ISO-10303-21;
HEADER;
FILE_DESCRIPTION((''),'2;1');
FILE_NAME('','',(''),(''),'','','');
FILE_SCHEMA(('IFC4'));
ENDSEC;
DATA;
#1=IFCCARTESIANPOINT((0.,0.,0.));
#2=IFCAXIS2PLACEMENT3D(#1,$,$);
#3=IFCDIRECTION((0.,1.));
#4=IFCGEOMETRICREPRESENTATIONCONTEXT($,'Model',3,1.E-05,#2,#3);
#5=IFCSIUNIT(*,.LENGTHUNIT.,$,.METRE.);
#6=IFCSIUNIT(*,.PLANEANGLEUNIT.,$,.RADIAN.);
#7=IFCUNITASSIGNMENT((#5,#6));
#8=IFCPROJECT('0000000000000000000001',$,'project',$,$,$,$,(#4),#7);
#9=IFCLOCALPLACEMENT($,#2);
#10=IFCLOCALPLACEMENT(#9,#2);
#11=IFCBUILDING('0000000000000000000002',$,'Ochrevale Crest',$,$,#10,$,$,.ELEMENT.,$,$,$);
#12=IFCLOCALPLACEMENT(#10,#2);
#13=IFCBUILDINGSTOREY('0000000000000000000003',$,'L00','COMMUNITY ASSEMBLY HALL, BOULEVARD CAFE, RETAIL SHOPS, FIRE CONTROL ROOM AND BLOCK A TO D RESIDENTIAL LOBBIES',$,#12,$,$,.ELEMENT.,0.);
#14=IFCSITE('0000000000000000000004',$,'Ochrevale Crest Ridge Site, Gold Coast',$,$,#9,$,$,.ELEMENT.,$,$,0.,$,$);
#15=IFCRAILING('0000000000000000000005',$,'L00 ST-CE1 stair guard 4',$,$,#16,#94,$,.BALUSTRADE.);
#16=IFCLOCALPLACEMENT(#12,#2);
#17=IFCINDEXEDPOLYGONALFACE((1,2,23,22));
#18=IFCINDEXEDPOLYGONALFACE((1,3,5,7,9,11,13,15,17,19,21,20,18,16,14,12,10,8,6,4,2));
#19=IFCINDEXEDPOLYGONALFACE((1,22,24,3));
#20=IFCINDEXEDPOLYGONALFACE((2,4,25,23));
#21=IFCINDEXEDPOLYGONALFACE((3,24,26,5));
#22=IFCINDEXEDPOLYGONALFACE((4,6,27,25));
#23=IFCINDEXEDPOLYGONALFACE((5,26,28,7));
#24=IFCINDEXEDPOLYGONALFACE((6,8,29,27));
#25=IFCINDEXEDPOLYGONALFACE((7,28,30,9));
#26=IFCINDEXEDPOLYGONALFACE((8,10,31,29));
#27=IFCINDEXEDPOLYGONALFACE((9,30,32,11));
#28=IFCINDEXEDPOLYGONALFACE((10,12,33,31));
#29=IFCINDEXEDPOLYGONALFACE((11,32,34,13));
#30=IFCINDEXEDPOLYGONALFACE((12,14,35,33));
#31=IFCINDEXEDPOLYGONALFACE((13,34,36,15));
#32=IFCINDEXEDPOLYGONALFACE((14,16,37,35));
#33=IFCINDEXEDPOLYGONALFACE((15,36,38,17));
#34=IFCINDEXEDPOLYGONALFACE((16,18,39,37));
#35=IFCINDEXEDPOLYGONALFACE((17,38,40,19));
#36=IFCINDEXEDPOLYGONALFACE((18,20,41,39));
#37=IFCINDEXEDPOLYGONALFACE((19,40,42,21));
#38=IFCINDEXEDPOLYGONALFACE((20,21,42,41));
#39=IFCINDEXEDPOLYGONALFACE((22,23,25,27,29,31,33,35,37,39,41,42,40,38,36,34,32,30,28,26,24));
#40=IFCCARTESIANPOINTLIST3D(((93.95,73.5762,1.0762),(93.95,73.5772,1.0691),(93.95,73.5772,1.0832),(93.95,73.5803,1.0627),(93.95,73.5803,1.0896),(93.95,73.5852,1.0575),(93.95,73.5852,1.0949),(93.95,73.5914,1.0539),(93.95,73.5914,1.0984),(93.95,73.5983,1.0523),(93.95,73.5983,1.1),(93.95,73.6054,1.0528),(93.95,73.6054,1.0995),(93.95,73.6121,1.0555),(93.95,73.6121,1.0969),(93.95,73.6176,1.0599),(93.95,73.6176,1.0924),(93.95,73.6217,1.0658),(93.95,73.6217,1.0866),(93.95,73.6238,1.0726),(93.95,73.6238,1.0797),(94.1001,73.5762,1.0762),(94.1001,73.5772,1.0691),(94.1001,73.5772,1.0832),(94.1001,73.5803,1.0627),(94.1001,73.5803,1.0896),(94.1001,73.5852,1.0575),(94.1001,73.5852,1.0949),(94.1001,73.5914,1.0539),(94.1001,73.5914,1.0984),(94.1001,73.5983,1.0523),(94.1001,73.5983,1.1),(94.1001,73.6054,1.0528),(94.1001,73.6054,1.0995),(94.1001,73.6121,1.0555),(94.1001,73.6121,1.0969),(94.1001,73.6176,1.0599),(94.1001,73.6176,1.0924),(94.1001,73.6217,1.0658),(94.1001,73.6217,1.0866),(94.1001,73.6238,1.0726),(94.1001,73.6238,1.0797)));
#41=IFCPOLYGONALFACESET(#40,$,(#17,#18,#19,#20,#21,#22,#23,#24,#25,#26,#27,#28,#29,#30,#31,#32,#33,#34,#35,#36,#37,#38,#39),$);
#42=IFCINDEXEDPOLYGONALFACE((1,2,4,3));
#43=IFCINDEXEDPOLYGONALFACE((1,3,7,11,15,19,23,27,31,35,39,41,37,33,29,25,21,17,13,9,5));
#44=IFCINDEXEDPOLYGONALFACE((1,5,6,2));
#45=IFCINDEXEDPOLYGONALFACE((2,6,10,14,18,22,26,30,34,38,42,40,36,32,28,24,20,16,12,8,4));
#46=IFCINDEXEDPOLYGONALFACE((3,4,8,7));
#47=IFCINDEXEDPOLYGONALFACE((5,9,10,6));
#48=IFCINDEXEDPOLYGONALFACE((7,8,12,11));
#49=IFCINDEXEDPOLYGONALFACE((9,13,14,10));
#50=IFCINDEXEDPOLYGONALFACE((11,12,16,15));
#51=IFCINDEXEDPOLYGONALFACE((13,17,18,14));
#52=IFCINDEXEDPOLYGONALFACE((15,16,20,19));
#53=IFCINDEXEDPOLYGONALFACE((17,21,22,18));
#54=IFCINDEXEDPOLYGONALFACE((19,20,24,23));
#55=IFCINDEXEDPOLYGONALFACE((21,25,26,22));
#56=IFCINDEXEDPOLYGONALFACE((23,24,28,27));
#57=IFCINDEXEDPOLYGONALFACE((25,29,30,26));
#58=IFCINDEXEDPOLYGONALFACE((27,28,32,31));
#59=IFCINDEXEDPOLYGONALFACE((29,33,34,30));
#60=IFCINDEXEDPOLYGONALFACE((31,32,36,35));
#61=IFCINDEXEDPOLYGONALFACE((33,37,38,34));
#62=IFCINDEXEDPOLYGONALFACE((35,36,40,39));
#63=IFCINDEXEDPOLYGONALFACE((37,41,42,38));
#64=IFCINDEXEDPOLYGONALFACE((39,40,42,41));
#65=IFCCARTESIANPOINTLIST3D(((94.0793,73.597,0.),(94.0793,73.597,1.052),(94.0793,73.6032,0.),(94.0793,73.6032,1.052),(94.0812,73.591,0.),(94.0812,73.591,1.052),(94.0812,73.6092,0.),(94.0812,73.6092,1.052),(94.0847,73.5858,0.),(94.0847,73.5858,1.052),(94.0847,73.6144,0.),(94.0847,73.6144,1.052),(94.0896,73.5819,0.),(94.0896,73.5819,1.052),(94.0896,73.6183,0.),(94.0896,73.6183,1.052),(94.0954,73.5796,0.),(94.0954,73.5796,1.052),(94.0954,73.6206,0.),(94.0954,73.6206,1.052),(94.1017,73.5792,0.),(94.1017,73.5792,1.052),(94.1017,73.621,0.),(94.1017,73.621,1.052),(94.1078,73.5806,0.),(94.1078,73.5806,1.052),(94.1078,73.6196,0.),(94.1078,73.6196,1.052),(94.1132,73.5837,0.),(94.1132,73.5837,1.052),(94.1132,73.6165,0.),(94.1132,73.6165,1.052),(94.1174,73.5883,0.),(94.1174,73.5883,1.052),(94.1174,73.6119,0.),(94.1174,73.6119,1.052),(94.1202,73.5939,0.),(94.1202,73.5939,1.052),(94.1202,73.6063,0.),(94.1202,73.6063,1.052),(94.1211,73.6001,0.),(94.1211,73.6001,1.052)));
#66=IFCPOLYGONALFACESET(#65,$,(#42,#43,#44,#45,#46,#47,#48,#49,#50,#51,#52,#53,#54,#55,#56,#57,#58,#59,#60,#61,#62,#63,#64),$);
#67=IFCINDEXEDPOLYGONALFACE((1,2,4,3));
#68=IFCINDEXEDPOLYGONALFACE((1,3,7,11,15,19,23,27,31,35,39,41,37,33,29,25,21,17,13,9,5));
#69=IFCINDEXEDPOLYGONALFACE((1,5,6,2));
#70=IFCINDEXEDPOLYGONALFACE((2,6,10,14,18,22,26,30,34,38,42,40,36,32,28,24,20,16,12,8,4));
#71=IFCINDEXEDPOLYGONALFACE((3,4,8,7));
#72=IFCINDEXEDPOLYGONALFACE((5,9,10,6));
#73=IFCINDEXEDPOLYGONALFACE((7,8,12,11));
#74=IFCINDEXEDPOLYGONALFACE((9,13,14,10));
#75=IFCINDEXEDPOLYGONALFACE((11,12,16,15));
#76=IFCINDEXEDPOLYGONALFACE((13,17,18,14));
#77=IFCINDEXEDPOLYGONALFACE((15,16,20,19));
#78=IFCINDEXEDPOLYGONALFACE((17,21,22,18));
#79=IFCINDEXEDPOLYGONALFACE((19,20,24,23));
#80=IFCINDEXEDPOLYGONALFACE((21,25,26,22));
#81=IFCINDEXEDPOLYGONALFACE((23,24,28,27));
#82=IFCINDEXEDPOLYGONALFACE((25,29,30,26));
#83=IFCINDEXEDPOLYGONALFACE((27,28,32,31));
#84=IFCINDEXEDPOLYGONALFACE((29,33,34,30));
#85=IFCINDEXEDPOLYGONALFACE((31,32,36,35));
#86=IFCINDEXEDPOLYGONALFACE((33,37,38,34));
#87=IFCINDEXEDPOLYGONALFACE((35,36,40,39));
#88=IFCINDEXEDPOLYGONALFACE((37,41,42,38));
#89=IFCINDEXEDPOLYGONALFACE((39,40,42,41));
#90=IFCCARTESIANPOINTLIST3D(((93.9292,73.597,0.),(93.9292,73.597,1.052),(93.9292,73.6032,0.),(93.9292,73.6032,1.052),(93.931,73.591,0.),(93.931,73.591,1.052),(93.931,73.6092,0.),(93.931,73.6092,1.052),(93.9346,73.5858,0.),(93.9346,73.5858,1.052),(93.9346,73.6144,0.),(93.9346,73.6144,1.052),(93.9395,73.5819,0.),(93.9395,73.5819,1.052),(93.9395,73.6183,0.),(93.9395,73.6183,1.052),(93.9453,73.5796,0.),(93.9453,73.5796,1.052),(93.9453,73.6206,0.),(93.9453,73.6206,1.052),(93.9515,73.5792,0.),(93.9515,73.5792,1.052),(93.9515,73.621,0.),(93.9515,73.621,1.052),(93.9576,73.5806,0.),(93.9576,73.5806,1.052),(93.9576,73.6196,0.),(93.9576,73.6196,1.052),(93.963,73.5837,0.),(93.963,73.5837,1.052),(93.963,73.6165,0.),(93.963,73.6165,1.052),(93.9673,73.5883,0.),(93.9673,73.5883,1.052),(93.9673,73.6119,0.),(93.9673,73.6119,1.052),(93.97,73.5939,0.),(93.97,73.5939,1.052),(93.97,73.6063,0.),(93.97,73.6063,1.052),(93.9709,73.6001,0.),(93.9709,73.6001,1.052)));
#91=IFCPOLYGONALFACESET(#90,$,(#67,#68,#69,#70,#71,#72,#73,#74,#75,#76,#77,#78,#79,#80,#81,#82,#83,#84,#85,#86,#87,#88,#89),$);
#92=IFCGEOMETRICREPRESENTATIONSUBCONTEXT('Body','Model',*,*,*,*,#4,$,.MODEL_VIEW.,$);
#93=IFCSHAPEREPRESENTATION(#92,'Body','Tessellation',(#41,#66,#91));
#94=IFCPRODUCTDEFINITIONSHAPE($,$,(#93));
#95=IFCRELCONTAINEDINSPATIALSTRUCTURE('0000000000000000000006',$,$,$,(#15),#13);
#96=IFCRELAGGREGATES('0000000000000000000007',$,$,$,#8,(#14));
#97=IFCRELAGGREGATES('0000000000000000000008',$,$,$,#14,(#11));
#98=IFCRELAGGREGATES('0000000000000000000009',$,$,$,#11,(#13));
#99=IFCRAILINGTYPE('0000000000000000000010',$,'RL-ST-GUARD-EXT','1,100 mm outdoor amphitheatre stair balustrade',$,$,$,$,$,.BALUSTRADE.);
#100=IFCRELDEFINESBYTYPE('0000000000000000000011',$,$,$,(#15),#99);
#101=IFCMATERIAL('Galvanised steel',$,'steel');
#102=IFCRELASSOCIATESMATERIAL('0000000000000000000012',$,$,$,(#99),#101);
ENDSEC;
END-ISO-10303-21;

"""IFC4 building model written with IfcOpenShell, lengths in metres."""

from ifc_helpers import new_model, si_unit, direction, frame, origin, origin_2d, place, context, subcontext, project, spatial, circle, extrude, material, type_object, element, save


model = new_model("IFC4")

# Units and contexts
model_context = context("Model", 3, precision=1e-05, world=origin(), true_north=direction((0.0, 1.0)))
body_context = subcontext(model_context, "Body", "Model", "MODEL_VIEW")
ifc_project = project(units=[si_unit("LENGTHUNIT", "METRE"), si_unit("PLANEANGLEUNIT", "RADIAN")], contexts=[model_context])

# Site, building, storey
site_placement = place(None, origin())
site = spatial("IfcSite", under=ifc_project, at=site_placement, Name="Ochrevale Crest Ridge Site, Gold Coast", CompositionType="ELEMENT", RefElevation=0.0)
building_placement = place(site_placement, origin())
building = spatial("IfcBuilding", under=site, at=building_placement, Name="Ochrevale Crest", CompositionType="ELEMENT")
storey_placement = place(building_placement, origin())
storey = spatial("IfcBuildingStorey", under=building, at=storey_placement, Name="L00", Description="COMMUNITY ASSEMBLY HALL, BOULEVARD CAFE, RETAIL SHOPS, FIRE CONTROL ROOM AND BLOCK A TO D RESIDENTIAL LOBBIES", CompositionType="ELEMENT", Elevation=0.0)

# Railing
ifc_material_1 = material(Name="Galvanised steel", Category="steel")
railing_type_1 = type_object("IfcRailingType", Name="RL-ST-GUARD-EXT", Description="1,100 mm outdoor amphitheatre stair balustrade", PredefinedType="BALUSTRADE", material=ifc_material_1)
railing_1_placement = place(storey_placement, frame((94.1001, 73.6001, 0.0)))
element("IfcRailing", 1, at=railing_1_placement, inside=storey, type_object=railing_type_1, Name="L00 ST-CE1 stair guard 4", PredefinedType="BALUSTRADE", context=body_context, shape_type="SweptSolid", body=[
    extrude(circle(Radius=0.0239, at=origin_2d()), frame((0.0, 0.0, 1.0762), z_axis=(-1.0, 0.0, 0.0), x_axis=(0.0, -1.0, 0.0)), (0.0, 0.0, 1.0), 0.1501),
    extrude(circle(Radius=0.021, at=origin_2d()), origin(), (0.0, 0.0, 1.0), 1.052),
    extrude(circle(Radius=0.021, at=origin_2d()), frame((-0.1501, 0.0, 0.0)), (0.0, 0.0, 1.0), 1.052),
])

save(model, "model.ifc")
